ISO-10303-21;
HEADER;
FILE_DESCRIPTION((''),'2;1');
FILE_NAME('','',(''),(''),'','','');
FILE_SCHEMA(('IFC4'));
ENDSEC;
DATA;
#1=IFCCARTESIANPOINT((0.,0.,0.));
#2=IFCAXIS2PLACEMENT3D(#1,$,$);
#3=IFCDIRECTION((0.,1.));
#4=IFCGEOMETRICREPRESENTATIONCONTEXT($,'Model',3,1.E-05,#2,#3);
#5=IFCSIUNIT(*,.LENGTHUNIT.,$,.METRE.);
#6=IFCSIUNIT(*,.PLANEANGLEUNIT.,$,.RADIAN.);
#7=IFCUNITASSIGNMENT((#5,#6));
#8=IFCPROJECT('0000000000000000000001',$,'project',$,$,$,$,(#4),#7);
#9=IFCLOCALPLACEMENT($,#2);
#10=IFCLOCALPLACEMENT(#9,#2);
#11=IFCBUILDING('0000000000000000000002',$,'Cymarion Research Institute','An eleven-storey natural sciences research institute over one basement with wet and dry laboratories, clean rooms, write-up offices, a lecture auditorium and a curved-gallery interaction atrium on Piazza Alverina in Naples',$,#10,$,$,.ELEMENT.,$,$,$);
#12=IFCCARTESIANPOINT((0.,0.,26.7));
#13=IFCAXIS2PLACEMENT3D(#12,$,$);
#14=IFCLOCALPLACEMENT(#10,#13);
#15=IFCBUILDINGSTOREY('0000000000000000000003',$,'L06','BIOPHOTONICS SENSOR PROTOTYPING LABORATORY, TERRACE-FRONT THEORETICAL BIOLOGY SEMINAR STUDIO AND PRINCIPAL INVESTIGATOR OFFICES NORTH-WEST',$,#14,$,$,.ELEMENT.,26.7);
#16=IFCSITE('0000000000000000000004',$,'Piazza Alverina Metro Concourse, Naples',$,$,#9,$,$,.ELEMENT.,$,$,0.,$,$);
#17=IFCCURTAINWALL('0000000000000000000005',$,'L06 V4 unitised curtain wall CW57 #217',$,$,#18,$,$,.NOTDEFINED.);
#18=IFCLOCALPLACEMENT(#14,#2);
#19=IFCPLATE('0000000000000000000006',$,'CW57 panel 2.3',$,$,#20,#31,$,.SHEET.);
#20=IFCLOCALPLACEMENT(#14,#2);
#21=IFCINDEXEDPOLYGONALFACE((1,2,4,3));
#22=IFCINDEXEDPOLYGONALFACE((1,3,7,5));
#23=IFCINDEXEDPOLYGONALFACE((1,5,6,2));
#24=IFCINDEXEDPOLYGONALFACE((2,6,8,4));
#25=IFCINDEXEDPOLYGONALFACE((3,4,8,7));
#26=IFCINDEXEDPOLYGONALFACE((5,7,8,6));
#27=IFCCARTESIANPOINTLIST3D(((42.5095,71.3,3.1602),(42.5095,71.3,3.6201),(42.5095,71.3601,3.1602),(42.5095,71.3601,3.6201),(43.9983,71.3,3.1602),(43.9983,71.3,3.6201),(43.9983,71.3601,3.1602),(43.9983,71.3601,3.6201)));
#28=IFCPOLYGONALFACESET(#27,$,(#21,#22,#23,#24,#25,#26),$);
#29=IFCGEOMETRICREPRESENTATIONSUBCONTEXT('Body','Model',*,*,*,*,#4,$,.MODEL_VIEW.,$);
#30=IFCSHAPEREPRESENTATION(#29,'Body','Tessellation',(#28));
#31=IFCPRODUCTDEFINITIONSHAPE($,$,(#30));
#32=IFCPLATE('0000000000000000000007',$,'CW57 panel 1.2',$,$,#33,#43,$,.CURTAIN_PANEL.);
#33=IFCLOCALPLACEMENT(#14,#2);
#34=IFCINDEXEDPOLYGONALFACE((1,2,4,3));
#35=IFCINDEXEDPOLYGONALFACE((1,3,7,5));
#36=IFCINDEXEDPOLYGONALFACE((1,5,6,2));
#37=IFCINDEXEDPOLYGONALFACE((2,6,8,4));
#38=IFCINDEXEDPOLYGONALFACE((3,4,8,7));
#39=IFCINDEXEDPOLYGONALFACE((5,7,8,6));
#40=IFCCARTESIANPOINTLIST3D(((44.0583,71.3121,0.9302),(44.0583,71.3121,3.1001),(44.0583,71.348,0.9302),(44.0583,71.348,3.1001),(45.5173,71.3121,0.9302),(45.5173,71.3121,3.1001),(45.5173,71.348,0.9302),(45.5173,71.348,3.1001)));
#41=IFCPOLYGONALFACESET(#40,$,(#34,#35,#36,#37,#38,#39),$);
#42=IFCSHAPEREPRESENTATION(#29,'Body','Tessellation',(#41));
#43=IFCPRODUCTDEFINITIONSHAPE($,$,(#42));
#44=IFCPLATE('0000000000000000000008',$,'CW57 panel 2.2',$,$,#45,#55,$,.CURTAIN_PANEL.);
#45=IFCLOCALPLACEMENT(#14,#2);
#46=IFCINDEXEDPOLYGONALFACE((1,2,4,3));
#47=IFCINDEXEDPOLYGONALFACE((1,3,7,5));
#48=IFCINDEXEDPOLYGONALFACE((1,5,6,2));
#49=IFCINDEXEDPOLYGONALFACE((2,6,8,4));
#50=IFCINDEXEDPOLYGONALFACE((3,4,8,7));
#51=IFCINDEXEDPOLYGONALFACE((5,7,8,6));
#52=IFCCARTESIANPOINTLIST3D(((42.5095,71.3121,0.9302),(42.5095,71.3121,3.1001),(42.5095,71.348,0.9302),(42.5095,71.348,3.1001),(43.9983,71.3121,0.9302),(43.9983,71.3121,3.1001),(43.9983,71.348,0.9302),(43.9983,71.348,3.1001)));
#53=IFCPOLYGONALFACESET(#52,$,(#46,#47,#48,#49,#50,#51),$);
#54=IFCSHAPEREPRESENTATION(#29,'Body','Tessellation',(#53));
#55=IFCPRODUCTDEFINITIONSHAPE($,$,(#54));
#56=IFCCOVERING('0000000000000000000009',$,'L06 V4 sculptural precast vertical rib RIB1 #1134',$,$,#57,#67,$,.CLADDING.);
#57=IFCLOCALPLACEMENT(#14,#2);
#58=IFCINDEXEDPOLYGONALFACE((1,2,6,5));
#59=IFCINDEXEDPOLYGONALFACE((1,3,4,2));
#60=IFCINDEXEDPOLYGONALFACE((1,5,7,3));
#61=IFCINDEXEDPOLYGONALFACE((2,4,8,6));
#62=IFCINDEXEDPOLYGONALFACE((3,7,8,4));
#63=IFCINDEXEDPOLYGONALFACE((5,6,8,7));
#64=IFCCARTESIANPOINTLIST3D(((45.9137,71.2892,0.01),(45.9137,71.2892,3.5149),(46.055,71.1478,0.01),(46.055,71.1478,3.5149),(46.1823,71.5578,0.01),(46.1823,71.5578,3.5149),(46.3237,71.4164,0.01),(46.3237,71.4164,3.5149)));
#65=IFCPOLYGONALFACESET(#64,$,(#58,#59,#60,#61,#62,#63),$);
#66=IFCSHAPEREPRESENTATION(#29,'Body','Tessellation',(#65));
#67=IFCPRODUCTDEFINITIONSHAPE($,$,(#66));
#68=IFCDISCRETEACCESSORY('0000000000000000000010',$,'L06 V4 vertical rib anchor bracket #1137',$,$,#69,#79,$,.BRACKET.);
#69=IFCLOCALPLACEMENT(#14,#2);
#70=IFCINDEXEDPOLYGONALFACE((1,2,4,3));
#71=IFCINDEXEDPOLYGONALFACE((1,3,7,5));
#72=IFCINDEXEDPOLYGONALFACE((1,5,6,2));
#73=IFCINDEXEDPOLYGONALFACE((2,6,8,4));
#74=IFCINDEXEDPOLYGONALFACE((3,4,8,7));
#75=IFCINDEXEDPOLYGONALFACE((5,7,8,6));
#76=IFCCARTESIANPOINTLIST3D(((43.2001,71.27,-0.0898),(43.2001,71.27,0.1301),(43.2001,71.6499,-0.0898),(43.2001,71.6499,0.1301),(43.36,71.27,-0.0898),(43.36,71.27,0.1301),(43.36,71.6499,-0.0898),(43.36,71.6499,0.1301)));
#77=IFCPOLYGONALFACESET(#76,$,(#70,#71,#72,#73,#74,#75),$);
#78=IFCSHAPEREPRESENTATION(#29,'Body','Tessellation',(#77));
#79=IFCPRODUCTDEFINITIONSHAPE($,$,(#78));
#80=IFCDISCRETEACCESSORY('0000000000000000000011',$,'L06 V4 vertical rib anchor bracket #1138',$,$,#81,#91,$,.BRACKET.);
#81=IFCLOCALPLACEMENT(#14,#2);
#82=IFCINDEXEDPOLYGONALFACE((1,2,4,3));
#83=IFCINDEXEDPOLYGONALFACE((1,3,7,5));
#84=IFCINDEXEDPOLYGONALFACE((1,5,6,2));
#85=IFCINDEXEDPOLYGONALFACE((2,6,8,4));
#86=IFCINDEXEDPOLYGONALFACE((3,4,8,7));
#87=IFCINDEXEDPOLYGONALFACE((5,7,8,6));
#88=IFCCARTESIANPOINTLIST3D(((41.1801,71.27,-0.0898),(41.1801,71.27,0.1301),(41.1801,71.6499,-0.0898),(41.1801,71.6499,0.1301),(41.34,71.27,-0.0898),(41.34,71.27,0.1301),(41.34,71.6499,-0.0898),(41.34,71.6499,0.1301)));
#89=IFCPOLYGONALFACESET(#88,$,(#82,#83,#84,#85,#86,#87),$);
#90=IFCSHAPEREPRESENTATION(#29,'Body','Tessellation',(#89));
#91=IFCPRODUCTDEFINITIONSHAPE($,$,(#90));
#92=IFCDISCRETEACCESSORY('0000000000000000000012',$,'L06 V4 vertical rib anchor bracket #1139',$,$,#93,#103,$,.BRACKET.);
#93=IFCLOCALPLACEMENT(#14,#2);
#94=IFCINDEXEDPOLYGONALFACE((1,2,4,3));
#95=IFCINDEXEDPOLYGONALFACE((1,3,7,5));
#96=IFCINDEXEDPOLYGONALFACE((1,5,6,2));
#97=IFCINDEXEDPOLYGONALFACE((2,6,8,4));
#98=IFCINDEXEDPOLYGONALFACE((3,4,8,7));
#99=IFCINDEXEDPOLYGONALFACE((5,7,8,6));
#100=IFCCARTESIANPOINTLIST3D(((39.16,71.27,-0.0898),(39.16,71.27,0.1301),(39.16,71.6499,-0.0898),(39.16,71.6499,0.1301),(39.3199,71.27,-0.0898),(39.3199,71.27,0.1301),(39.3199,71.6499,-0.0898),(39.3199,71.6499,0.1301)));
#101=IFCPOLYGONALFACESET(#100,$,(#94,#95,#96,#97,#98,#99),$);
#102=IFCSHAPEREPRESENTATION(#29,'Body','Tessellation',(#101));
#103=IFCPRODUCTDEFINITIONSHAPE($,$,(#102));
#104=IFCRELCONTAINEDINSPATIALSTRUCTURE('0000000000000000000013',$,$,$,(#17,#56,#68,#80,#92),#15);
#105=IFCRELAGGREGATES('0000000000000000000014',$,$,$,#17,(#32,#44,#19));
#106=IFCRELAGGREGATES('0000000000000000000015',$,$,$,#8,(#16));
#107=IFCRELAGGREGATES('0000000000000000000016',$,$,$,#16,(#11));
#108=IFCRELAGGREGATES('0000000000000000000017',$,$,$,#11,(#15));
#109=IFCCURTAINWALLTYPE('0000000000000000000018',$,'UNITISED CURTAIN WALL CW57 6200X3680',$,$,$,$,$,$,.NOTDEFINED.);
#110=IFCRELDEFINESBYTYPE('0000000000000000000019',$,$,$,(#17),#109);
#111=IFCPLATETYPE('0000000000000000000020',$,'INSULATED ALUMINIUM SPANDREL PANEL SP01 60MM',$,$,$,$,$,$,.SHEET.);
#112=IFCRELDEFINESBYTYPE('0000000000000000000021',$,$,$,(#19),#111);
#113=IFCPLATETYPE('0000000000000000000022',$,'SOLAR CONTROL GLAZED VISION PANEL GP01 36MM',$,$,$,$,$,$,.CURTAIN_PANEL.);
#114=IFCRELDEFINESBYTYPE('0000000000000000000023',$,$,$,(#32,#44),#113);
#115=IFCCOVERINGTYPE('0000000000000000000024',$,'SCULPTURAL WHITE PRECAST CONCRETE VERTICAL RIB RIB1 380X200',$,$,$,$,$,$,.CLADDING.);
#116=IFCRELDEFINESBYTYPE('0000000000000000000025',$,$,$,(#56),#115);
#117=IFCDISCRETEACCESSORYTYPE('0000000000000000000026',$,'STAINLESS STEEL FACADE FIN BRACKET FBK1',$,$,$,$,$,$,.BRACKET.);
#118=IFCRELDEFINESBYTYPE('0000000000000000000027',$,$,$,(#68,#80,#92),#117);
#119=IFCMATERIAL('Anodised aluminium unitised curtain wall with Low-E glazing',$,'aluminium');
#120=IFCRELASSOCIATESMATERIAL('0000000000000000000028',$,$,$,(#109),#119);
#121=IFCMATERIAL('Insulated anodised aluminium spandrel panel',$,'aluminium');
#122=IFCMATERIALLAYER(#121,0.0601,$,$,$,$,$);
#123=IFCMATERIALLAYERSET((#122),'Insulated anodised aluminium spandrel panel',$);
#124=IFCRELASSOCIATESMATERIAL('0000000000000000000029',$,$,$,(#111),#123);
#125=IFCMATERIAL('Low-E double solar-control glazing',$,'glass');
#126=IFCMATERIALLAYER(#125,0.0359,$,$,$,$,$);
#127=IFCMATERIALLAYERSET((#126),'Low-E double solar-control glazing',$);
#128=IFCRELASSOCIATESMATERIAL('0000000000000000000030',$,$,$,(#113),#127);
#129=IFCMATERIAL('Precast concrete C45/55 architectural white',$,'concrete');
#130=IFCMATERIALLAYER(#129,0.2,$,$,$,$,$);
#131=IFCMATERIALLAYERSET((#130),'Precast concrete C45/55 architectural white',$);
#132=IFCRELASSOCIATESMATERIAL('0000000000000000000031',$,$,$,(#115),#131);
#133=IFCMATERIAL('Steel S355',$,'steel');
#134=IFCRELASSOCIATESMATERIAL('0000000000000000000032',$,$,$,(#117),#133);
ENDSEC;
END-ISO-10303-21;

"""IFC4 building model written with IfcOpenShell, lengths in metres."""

from ifc_helpers import new_model, si_unit, direction, frame, origin, origin_2d, place, context, subcontext, project, spatial, rectangle, extrude, material, layer, layer_set, type_object, element, aggregate, save


model = new_model("IFC4")

# Units and contexts
model_context = context("Model", 3, precision=1e-05, world=origin(), true_north=direction((0.0, 1.0)))
body_context = subcontext(model_context, "Body", "Model", "MODEL_VIEW")
ifc_project = project(units=[si_unit("LENGTHUNIT", "METRE"), si_unit("PLANEANGLEUNIT", "RADIAN")], contexts=[model_context])

# Site, building, storey
site_placement = place(None, origin())
site = spatial("IfcSite", under=ifc_project, at=site_placement, Name="Piazza Alverina Metro Concourse, Naples", CompositionType="ELEMENT", RefElevation=0.0)
building_placement = place(site_placement, origin())
building = spatial("IfcBuilding", under=site, at=building_placement, Name="Cymarion Research Institute", Description="An eleven-storey natural sciences research institute over one basement with wet and dry laboratories, clean rooms, write-up offices, a lecture auditorium and a curved-gallery interaction atrium on Piazza Alverina in Naples", CompositionType="ELEMENT")
storey_placement = place(building_placement, frame((0.0, 0.0, 26.7)))
storey = spatial("IfcBuildingStorey", under=building, at=storey_placement, Name="L06", Description="BIOPHOTONICS SENSOR PROTOTYPING LABORATORY, TERRACE-FRONT THEORETICAL BIOLOGY SEMINAR STUDIO AND PRINCIPAL INVESTIGATOR OFFICES NORTH-WEST", CompositionType="ELEMENT", Elevation=26.7)

# Curtain wall, plates
ifc_material_1 = material(Name="Anodised aluminium unitised curtain wall with Low-E glazing", Category="aluminium")
curtain_wall_type = type_object("IfcCurtainWallType", Name="UNITISED CURTAIN WALL CW57 6200X3680", PredefinedType="NOTDEFINED", material=ifc_material_1)
curtain_wall_placement = place(storey_placement, origin())
curtain_wall = element("IfcCurtainWall", 1, at=curtain_wall_placement, inside=storey, type_object=curtain_wall_type, Name="L06 V4 unitised curtain wall CW57 #217", PredefinedType="NOTDEFINED")
ifc_material_2 = material(Name="Insulated anodised aluminium spandrel panel", Category="aluminium")
ifc_layer_1 = layer(ifc_material_2, 0.0601)
ifc_layer_set_1 = layer_set([ifc_layer_1], Name="Insulated anodised aluminium spandrel panel")
plate_type_1 = type_object("IfcPlateType", Name="INSULATED ALUMINIUM SPANDREL PANEL SP01 60MM", PredefinedType="SHEET", material=ifc_layer_set_1)
plate_1_placement = place(storey_placement, frame((43.2539, 71.3301, 3.1602), z_axis=(0.0, 0.0, 1.0), x_axis=(-1.0, 0.0, 0.0)))
plate_1 = element("IfcPlate", 2, at=plate_1_placement, type_object=plate_type_1, Name="CW57 panel 2.3", PredefinedType="SHEET", context=body_context, shape_type="SweptSolid", body=[
    extrude(rectangle(XDim=1.4888, YDim=0.0601, at=origin_2d()), origin(), (0.0, 0.0, 1.0), 0.46),
])
ifc_material_3 = material(Name="Low-E double solar-control glazing", Category="glass")
ifc_layer_2 = layer(ifc_material_3, 0.0359)
ifc_layer_set_2 = layer_set([ifc_layer_2], Name="Low-E double solar-control glazing")
plate_type_2 = type_object("IfcPlateType", Name="SOLAR CONTROL GLAZED VISION PANEL GP01 36MM", PredefinedType="CURTAIN_PANEL", material=ifc_layer_set_2)
plate_2_placement = place(storey_placement, frame((44.7878, 71.3301, 0.9302), z_axis=(0.0, 0.0, 1.0), x_axis=(-1.0, 0.0, 0.0)))
plate_2 = element("IfcPlate", 3, at=plate_2_placement, type_object=plate_type_2, Name="CW57 panel 1.2", PredefinedType="CURTAIN_PANEL", context=body_context, shape_type="SweptSolid", body=[
    extrude(rectangle(XDim=1.459, YDim=0.0359, at=origin_2d()), origin(), (0.0, 0.0, 1.0), 2.1699),
])
plate_3_placement = place(storey_placement, frame((43.2539, 71.3301, 0.9302), z_axis=(0.0, 0.0, 1.0), x_axis=(-1.0, 0.0, 0.0)))
plate_3 = element("IfcPlate", 4, at=plate_3_placement, type_object=plate_type_2, Name="CW57 panel 2.2", PredefinedType="CURTAIN_PANEL", context=body_context, shape_type="SweptSolid", body=[
    extrude(rectangle(XDim=1.4888, YDim=0.0359, at=origin_2d()), origin(), (0.0, 0.0, 1.0), 2.1699),
])
aggregate(curtain_wall, [plate_2, plate_3, plate_1])

# Covering
ifc_material_4 = material(Name="Precast concrete C45/55 architectural white", Category="concrete")
ifc_layer_3 = layer(ifc_material_4, 0.2)
ifc_layer_set_3 = layer_set([ifc_layer_3], Name="Precast concrete C45/55 architectural white")
covering_type = type_object("IfcCoveringType", Name="SCULPTURAL WHITE PRECAST CONCRETE VERTICAL RIB RIB1 380X200", PredefinedType="CLADDING", material=ifc_layer_set_3)
covering_placement = place(storey_placement, frame((46.1187, 71.3528, 0.01), z_axis=(0.0, 0.0, 1.0), x_axis=(0.707107, 0.707107, 0.0)))
element("IfcCovering", 5, at=covering_placement, inside=storey, type_object=covering_type, Name="L06 V4 sculptural precast vertical rib RIB1 #1134", PredefinedType="CLADDING", context=body_context, shape_type="SweptSolid", body=[
    extrude(rectangle(XDim=0.3799, YDim=0.2, at=origin_2d()), origin(), (0.0, 0.0, 1.0), 3.5049),
])

# Discrete accessories
ifc_material_5 = material(Name="Steel S355", Category="steel")
discrete_accessory_type = type_object("IfcDiscreteAccessoryType", Name="STAINLESS STEEL FACADE FIN BRACKET FBK1", PredefinedType="BRACKET", material=ifc_material_5)
for number, where, z_axis, x_axis, name in (
    (6, (43.28, 71.46, -0.0898), (0.0, 0.0, 1.0), (0.0, 1.0, 0.0), "L06 V4 vertical rib anchor bracket #1137"),
    (7, (41.26, 71.46, -0.0898), (0.0, 0.0, 1.0), (0.0, 1.0, 0.0), "L06 V4 vertical rib anchor bracket #1138"),
    (8, (39.24, 71.46, -0.0898), (0.0, 0.0, 1.0), (0.0, 1.0, 0.0), "L06 V4 vertical rib anchor bracket #1139"),
):
    element("IfcDiscreteAccessory", number, at=place(storey_placement, frame(where, z_axis=z_axis, x_axis=x_axis)), inside=storey, type_object=discrete_accessory_type, Name=name, PredefinedType="BRACKET", context=body_context, shape_type="SweptSolid", body=[
        extrude(rectangle(XDim=0.3799, YDim=0.1599, at=origin_2d()), origin(), (0.0, 0.0, 1.0), 0.22),
    ])

save(model, "model.ifc")
